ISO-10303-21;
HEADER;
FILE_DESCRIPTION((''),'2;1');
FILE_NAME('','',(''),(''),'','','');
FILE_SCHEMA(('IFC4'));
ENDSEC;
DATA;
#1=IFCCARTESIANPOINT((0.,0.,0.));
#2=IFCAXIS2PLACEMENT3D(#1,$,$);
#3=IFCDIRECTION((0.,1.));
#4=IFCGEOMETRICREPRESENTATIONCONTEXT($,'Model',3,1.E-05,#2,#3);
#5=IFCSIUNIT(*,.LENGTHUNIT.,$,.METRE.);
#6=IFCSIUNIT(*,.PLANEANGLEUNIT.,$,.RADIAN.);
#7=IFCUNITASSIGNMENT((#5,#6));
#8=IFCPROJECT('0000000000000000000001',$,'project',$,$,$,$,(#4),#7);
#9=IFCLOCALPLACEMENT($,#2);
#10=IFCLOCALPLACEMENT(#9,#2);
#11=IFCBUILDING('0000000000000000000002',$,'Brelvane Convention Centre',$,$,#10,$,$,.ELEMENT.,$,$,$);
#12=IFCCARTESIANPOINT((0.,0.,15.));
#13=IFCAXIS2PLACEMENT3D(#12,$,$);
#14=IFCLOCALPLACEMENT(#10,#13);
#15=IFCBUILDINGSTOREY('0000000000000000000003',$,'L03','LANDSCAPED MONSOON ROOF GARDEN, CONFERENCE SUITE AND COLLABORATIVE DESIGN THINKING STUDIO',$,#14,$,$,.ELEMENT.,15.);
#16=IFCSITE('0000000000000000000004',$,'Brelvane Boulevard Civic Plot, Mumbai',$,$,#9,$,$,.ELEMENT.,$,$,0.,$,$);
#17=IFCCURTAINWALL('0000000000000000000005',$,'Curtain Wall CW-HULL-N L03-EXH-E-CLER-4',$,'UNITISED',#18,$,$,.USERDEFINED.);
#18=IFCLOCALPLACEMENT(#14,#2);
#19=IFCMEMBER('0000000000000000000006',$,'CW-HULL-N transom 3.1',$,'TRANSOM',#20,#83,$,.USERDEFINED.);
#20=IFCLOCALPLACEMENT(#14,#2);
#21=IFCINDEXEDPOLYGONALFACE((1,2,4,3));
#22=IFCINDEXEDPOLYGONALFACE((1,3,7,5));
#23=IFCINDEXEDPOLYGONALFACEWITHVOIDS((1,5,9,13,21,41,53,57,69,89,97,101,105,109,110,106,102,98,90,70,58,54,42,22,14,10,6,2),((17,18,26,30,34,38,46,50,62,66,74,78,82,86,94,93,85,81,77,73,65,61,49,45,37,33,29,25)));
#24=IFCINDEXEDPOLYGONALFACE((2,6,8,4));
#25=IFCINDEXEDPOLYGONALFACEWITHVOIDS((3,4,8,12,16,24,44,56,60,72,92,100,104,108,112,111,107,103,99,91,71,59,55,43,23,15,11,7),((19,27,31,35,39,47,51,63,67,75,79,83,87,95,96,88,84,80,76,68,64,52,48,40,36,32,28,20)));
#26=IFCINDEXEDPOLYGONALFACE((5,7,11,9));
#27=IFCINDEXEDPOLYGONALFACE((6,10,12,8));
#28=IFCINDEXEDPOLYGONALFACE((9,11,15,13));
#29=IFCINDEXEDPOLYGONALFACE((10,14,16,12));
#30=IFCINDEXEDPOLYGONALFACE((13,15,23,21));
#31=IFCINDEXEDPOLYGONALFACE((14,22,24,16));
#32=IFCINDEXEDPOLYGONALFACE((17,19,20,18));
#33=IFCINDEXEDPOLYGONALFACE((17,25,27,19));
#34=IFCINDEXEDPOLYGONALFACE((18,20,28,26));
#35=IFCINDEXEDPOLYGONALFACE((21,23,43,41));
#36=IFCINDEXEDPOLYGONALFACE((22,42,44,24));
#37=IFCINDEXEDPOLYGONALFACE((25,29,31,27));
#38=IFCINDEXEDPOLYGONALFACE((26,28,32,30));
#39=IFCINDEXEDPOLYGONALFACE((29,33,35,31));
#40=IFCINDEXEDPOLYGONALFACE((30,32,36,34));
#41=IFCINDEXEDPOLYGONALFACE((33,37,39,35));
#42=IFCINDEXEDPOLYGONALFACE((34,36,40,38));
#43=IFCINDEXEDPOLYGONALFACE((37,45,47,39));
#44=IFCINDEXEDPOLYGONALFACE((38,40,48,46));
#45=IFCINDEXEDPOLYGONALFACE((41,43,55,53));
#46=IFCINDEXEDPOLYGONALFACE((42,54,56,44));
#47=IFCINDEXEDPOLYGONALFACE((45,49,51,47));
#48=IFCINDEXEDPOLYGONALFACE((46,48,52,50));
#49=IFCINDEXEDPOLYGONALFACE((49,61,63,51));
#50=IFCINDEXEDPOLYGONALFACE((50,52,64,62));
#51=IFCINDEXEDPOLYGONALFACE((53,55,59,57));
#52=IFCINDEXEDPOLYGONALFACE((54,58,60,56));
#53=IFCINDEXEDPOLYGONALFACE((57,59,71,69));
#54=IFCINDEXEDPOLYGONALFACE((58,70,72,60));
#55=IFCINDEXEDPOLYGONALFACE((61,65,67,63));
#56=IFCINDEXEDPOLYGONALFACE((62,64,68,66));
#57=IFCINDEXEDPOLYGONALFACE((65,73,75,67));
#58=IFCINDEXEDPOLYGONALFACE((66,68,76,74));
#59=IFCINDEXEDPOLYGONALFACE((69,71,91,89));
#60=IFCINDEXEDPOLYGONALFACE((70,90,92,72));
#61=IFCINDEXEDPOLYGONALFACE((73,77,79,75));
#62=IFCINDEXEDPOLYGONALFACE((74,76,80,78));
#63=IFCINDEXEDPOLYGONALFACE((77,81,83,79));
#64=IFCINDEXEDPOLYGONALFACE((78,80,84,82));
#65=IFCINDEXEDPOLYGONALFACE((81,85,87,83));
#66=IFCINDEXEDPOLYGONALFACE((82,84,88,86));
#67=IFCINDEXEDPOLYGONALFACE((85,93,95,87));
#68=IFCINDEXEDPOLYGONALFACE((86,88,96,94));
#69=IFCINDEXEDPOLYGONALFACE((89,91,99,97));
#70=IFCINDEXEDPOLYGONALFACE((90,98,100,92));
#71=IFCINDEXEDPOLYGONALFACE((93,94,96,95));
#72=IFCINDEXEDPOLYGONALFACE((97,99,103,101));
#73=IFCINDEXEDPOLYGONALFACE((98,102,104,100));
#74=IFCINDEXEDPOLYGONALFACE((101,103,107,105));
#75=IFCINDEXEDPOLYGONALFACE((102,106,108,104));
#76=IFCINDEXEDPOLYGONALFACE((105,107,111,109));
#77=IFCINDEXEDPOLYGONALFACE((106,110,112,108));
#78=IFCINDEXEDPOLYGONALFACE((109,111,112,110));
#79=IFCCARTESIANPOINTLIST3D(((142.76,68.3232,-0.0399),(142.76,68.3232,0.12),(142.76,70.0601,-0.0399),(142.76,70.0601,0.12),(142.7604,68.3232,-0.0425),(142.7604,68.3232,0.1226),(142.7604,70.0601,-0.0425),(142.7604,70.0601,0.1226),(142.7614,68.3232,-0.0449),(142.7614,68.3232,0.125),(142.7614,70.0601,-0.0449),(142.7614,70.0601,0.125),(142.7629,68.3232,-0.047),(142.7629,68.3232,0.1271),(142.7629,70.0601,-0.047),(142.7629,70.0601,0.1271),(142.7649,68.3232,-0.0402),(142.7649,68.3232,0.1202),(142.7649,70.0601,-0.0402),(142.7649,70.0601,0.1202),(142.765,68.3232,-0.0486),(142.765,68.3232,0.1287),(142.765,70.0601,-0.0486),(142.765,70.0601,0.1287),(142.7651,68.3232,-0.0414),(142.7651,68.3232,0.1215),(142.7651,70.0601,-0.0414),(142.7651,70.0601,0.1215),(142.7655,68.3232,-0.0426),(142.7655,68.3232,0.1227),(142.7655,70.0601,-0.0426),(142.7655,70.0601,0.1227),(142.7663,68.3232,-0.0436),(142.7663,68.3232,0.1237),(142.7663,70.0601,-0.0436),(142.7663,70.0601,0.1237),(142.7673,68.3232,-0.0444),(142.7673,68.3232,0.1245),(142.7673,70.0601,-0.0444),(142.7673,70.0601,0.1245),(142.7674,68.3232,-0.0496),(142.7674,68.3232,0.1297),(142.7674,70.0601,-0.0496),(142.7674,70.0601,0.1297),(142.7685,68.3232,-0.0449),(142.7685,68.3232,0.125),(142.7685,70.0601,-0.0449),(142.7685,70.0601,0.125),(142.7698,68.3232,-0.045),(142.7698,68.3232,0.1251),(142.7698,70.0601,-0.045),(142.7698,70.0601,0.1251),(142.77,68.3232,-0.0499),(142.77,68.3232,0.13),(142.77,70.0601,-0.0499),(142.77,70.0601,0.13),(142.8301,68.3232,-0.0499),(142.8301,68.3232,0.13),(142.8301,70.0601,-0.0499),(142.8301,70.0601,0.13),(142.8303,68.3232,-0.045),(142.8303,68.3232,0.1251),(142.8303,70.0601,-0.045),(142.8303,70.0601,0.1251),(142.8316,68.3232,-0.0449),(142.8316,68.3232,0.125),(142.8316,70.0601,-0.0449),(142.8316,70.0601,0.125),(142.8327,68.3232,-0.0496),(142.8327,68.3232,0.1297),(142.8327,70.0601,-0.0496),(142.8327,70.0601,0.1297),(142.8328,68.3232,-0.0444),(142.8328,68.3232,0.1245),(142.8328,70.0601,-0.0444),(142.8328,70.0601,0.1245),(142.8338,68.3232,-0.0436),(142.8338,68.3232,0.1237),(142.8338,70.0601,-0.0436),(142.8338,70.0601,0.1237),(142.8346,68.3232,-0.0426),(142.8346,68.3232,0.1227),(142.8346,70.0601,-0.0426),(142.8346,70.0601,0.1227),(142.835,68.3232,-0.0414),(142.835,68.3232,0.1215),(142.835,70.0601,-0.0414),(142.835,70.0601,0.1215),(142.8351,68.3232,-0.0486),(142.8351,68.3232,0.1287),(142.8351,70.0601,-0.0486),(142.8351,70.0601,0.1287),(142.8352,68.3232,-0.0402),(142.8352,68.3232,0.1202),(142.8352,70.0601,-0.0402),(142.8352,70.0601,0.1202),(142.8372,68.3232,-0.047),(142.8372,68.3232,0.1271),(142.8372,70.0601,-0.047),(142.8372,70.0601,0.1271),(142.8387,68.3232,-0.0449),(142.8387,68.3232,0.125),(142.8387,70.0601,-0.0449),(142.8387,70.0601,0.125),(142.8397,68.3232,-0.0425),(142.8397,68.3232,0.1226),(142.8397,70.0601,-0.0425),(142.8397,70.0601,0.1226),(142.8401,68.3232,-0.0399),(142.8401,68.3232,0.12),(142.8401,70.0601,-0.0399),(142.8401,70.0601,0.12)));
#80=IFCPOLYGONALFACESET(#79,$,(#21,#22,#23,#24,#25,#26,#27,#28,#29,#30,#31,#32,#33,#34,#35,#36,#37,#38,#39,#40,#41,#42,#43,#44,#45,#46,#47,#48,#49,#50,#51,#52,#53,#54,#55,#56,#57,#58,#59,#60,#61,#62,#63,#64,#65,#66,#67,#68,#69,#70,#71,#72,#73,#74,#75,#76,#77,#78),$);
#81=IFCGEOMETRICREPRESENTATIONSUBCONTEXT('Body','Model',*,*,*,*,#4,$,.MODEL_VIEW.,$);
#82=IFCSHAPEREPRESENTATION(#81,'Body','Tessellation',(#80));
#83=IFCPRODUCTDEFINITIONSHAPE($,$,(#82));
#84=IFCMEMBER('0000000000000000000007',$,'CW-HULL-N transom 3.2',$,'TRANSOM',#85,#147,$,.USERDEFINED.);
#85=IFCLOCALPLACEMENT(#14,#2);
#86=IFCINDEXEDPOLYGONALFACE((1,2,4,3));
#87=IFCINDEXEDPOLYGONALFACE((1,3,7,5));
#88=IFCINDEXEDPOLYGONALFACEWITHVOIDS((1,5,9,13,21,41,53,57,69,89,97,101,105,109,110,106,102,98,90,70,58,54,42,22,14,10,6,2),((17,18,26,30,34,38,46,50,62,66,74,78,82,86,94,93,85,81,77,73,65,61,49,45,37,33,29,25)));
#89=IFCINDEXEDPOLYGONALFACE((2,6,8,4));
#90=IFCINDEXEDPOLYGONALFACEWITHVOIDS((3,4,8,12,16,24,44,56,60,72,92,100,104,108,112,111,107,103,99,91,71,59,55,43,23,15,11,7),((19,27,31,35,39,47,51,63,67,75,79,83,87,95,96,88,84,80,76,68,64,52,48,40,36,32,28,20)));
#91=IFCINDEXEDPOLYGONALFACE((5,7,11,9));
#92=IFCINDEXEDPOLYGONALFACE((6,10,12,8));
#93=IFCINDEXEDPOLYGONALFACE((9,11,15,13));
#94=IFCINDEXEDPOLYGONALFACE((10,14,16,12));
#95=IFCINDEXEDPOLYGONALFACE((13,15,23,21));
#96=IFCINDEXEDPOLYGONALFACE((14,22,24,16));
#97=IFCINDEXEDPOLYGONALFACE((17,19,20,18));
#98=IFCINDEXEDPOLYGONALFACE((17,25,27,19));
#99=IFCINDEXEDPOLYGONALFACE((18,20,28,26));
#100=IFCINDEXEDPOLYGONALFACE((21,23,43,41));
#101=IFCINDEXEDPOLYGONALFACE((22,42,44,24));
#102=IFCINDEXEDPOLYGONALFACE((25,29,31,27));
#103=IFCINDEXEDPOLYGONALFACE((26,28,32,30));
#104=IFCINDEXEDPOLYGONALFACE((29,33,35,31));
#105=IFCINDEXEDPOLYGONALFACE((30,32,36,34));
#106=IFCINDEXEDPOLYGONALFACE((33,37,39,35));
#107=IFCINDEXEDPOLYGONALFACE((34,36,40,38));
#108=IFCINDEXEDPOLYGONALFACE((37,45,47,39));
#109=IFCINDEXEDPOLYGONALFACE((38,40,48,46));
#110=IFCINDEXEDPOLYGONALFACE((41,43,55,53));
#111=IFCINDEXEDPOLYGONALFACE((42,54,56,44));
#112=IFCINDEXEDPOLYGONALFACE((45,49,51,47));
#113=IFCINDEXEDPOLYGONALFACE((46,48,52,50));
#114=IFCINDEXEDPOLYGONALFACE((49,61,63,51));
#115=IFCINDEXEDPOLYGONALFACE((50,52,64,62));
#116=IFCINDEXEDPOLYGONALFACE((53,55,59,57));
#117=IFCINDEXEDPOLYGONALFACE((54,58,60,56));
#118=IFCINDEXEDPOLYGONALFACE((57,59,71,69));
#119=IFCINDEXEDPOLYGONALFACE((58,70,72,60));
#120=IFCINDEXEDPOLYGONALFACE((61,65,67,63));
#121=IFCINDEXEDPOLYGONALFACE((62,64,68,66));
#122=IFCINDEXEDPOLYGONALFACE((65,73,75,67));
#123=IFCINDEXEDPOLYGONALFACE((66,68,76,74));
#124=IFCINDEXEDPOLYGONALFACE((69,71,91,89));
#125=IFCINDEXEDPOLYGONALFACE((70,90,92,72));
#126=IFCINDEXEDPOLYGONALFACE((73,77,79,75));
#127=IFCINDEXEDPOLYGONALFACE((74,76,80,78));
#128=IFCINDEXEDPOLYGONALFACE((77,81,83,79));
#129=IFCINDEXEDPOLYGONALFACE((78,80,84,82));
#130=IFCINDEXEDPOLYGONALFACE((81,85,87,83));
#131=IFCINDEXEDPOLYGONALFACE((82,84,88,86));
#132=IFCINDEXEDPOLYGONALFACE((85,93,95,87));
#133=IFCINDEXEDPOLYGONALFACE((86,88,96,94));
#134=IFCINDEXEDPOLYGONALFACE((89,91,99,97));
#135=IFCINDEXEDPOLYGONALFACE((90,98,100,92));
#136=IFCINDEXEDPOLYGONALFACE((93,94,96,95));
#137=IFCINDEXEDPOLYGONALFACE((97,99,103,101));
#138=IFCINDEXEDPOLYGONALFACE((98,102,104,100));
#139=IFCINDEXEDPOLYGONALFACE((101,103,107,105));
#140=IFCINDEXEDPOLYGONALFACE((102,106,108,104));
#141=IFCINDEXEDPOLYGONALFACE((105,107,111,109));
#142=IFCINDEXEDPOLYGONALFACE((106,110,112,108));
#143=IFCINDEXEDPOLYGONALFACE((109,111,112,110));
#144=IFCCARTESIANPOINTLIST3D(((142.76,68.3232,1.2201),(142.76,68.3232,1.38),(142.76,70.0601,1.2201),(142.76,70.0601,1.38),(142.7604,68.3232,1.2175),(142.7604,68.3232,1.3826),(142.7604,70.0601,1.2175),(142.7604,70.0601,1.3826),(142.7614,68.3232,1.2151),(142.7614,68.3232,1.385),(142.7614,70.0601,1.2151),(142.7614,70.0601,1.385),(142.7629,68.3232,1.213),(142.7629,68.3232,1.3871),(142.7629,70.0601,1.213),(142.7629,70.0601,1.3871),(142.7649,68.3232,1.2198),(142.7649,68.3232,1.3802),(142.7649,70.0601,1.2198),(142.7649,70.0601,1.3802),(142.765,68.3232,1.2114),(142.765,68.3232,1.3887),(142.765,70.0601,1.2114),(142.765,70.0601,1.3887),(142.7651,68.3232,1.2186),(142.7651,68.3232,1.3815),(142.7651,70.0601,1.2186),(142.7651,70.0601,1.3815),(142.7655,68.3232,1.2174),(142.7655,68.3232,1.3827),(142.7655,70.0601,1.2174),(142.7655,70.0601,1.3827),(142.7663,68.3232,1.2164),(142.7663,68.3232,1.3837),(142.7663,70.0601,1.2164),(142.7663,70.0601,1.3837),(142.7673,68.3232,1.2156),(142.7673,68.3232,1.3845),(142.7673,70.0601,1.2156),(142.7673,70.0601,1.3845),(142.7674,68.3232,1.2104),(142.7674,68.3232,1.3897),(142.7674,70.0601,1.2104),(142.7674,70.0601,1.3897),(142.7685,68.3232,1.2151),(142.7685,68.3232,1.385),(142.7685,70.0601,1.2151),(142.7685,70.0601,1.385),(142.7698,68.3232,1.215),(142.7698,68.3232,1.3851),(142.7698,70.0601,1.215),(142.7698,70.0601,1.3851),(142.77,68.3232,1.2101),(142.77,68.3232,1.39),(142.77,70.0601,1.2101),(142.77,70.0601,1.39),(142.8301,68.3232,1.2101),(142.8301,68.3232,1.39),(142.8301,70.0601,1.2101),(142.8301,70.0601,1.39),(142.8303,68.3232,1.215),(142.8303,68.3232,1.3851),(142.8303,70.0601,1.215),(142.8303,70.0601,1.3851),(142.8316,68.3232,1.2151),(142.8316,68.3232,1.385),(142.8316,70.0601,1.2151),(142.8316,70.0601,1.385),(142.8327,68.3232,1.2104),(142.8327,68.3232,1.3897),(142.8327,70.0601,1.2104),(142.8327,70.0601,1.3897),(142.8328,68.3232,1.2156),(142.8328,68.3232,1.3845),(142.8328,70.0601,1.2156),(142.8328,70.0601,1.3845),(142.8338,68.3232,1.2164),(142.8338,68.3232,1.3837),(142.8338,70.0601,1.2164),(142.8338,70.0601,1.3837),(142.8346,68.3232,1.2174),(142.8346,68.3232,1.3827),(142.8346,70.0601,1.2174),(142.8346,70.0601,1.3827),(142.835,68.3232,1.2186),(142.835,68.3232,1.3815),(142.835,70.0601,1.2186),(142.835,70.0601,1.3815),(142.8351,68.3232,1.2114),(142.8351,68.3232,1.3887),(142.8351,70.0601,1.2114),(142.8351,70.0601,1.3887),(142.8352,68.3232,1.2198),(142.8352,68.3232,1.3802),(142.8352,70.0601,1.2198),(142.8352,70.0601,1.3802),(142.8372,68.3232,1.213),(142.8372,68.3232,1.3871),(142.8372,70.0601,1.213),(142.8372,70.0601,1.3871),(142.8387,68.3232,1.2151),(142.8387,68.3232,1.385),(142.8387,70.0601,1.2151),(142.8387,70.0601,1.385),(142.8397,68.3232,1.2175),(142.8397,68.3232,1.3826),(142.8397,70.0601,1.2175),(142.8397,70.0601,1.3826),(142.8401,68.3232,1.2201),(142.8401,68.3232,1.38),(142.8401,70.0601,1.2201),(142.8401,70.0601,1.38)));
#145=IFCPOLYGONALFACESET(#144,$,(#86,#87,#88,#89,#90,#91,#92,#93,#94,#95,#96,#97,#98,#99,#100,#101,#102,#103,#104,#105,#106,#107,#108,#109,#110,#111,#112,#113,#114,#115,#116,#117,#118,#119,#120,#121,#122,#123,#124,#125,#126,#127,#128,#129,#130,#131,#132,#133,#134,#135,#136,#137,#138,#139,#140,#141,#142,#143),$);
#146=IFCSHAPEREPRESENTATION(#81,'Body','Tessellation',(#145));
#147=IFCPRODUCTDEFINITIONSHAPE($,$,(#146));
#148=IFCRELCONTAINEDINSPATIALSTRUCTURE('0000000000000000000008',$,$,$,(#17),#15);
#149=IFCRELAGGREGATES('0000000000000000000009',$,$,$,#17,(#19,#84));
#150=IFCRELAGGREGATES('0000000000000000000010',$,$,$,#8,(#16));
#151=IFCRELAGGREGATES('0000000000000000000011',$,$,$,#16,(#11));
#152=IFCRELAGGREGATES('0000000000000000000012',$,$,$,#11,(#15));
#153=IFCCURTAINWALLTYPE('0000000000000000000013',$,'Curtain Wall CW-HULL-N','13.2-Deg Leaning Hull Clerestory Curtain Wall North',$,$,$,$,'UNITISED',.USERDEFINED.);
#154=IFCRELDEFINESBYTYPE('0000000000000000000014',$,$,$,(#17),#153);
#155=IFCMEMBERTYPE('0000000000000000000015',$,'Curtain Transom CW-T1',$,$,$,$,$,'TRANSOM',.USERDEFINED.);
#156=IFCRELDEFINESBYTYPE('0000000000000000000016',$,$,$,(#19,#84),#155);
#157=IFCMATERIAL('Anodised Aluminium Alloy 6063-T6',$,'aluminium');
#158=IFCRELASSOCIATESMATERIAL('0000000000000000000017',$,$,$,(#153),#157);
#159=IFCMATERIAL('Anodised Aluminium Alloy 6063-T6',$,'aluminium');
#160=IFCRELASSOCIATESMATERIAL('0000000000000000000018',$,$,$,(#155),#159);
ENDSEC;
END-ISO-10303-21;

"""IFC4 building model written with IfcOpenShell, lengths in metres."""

from ifc_helpers import new_model, si_unit, direction, frame, origin, origin_2d, place, context, subcontext, project, spatial, hollow_rectangle, extrude, material, material_profile, profile_set, type_object, element, aggregate, save


model = new_model("IFC4")

# Units and contexts
model_context = context("Model", 3, precision=1e-05, world=origin(), true_north=direction((0.0, 1.0)))
body_context = subcontext(model_context, "Body", "Model", "MODEL_VIEW")
ifc_project = project(units=[si_unit("LENGTHUNIT", "METRE"), si_unit("PLANEANGLEUNIT", "RADIAN")], contexts=[model_context])

# Site, building, storey
site_placement = place(None, origin())
site = spatial("IfcSite", under=ifc_project, at=site_placement, Name="Brelvane Boulevard Civic Plot, Mumbai", CompositionType="ELEMENT", RefElevation=0.0)
building_placement = place(site_placement, origin())
building = spatial("IfcBuilding", under=site, at=building_placement, Name="Brelvane Convention Centre", CompositionType="ELEMENT")
storey_placement = place(building_placement, frame((0.0, 0.0, 15.0)))
storey = spatial("IfcBuildingStorey", under=building, at=storey_placement, Name="L03", Description="LANDSCAPED MONSOON ROOF GARDEN, CONFERENCE SUITE AND COLLABORATIVE DESIGN THINKING STUDIO", CompositionType="ELEMENT", Elevation=15.0)

# Curtain wall, members
ifc_material_1 = material(Name="Anodised Aluminium Alloy 6063-T6", Category="aluminium")
curtain_wall_type = type_object("IfcCurtainWallType", Name="Curtain Wall CW-HULL-N", Description="13.2-Deg Leaning Hull Clerestory Curtain Wall North", ElementType="UNITISED", PredefinedType="USERDEFINED", material=ifc_material_1)
curtain_wall_placement = place(storey_placement, origin())
curtain_wall = element("IfcCurtainWall", 1, at=curtain_wall_placement, inside=storey, type_object=curtain_wall_type, Name="Curtain Wall CW-HULL-N L03-EXH-E-CLER-4", ObjectType="UNITISED", PredefinedType="USERDEFINED")
ifc_material_2 = material(Name="Anodised Aluminium Alloy 6063-T6", Category="aluminium")
ifc_material_profile_1 = material_profile(ifc_material_2, hollow_rectangle(XDim=0.0801, YDim=0.1799, WallThickness=0.0049, InnerFilletRadius=0.0049, OuterFilletRadius=0.01, at=origin_2d()), Name="ALU-T 180x80x5.0")
ifc_profile_set_1 = profile_set([ifc_material_profile_1], Name="Anodised Aluminium Alloy 6063-T6")
member_type_1 = type_object("IfcMemberType", Name="Curtain Transom CW-T1", ElementType="TRANSOM", PredefinedType="USERDEFINED", material=ifc_profile_set_1)
member_1_placement = place(storey_placement, frame((142.8, 68.3232, 0.04), z_axis=(0.0, 1.0, 0.0), x_axis=(-1.0, 0.0, 0.0)))
member_1 = element("IfcMember", 2, at=member_1_placement, type_object=member_type_1, Name="CW-HULL-N transom 3.1", ObjectType="TRANSOM", PredefinedType="USERDEFINED", context=body_context, shape_type="SweptSolid", body=[
    extrude(hollow_rectangle(XDim=0.0801, YDim=0.1799, WallThickness=0.0049, InnerFilletRadius=0.0049, OuterFilletRadius=0.01, at=origin_2d()), origin(), (0.0, 0.0, 1.0), 1.7368),
])
member_2_placement = place(storey_placement, frame((142.8, 68.3232, 1.3), z_axis=(0.0, 1.0, 0.0), x_axis=(-1.0, 0.0, 0.0)))
member_2 = element("IfcMember", 3, at=member_2_placement, type_object=member_type_1, Name="CW-HULL-N transom 3.2", ObjectType="TRANSOM", PredefinedType="USERDEFINED", context=body_context, shape_type="SweptSolid", body=[
    extrude(hollow_rectangle(XDim=0.0801, YDim=0.1799, WallThickness=0.0049, InnerFilletRadius=0.0049, OuterFilletRadius=0.01, at=origin_2d()), origin(), (0.0, 0.0, 1.0), 1.7368),
])

aggregate(curtain_wall, [member_1, member_2])

save(model, "model.ifc")
